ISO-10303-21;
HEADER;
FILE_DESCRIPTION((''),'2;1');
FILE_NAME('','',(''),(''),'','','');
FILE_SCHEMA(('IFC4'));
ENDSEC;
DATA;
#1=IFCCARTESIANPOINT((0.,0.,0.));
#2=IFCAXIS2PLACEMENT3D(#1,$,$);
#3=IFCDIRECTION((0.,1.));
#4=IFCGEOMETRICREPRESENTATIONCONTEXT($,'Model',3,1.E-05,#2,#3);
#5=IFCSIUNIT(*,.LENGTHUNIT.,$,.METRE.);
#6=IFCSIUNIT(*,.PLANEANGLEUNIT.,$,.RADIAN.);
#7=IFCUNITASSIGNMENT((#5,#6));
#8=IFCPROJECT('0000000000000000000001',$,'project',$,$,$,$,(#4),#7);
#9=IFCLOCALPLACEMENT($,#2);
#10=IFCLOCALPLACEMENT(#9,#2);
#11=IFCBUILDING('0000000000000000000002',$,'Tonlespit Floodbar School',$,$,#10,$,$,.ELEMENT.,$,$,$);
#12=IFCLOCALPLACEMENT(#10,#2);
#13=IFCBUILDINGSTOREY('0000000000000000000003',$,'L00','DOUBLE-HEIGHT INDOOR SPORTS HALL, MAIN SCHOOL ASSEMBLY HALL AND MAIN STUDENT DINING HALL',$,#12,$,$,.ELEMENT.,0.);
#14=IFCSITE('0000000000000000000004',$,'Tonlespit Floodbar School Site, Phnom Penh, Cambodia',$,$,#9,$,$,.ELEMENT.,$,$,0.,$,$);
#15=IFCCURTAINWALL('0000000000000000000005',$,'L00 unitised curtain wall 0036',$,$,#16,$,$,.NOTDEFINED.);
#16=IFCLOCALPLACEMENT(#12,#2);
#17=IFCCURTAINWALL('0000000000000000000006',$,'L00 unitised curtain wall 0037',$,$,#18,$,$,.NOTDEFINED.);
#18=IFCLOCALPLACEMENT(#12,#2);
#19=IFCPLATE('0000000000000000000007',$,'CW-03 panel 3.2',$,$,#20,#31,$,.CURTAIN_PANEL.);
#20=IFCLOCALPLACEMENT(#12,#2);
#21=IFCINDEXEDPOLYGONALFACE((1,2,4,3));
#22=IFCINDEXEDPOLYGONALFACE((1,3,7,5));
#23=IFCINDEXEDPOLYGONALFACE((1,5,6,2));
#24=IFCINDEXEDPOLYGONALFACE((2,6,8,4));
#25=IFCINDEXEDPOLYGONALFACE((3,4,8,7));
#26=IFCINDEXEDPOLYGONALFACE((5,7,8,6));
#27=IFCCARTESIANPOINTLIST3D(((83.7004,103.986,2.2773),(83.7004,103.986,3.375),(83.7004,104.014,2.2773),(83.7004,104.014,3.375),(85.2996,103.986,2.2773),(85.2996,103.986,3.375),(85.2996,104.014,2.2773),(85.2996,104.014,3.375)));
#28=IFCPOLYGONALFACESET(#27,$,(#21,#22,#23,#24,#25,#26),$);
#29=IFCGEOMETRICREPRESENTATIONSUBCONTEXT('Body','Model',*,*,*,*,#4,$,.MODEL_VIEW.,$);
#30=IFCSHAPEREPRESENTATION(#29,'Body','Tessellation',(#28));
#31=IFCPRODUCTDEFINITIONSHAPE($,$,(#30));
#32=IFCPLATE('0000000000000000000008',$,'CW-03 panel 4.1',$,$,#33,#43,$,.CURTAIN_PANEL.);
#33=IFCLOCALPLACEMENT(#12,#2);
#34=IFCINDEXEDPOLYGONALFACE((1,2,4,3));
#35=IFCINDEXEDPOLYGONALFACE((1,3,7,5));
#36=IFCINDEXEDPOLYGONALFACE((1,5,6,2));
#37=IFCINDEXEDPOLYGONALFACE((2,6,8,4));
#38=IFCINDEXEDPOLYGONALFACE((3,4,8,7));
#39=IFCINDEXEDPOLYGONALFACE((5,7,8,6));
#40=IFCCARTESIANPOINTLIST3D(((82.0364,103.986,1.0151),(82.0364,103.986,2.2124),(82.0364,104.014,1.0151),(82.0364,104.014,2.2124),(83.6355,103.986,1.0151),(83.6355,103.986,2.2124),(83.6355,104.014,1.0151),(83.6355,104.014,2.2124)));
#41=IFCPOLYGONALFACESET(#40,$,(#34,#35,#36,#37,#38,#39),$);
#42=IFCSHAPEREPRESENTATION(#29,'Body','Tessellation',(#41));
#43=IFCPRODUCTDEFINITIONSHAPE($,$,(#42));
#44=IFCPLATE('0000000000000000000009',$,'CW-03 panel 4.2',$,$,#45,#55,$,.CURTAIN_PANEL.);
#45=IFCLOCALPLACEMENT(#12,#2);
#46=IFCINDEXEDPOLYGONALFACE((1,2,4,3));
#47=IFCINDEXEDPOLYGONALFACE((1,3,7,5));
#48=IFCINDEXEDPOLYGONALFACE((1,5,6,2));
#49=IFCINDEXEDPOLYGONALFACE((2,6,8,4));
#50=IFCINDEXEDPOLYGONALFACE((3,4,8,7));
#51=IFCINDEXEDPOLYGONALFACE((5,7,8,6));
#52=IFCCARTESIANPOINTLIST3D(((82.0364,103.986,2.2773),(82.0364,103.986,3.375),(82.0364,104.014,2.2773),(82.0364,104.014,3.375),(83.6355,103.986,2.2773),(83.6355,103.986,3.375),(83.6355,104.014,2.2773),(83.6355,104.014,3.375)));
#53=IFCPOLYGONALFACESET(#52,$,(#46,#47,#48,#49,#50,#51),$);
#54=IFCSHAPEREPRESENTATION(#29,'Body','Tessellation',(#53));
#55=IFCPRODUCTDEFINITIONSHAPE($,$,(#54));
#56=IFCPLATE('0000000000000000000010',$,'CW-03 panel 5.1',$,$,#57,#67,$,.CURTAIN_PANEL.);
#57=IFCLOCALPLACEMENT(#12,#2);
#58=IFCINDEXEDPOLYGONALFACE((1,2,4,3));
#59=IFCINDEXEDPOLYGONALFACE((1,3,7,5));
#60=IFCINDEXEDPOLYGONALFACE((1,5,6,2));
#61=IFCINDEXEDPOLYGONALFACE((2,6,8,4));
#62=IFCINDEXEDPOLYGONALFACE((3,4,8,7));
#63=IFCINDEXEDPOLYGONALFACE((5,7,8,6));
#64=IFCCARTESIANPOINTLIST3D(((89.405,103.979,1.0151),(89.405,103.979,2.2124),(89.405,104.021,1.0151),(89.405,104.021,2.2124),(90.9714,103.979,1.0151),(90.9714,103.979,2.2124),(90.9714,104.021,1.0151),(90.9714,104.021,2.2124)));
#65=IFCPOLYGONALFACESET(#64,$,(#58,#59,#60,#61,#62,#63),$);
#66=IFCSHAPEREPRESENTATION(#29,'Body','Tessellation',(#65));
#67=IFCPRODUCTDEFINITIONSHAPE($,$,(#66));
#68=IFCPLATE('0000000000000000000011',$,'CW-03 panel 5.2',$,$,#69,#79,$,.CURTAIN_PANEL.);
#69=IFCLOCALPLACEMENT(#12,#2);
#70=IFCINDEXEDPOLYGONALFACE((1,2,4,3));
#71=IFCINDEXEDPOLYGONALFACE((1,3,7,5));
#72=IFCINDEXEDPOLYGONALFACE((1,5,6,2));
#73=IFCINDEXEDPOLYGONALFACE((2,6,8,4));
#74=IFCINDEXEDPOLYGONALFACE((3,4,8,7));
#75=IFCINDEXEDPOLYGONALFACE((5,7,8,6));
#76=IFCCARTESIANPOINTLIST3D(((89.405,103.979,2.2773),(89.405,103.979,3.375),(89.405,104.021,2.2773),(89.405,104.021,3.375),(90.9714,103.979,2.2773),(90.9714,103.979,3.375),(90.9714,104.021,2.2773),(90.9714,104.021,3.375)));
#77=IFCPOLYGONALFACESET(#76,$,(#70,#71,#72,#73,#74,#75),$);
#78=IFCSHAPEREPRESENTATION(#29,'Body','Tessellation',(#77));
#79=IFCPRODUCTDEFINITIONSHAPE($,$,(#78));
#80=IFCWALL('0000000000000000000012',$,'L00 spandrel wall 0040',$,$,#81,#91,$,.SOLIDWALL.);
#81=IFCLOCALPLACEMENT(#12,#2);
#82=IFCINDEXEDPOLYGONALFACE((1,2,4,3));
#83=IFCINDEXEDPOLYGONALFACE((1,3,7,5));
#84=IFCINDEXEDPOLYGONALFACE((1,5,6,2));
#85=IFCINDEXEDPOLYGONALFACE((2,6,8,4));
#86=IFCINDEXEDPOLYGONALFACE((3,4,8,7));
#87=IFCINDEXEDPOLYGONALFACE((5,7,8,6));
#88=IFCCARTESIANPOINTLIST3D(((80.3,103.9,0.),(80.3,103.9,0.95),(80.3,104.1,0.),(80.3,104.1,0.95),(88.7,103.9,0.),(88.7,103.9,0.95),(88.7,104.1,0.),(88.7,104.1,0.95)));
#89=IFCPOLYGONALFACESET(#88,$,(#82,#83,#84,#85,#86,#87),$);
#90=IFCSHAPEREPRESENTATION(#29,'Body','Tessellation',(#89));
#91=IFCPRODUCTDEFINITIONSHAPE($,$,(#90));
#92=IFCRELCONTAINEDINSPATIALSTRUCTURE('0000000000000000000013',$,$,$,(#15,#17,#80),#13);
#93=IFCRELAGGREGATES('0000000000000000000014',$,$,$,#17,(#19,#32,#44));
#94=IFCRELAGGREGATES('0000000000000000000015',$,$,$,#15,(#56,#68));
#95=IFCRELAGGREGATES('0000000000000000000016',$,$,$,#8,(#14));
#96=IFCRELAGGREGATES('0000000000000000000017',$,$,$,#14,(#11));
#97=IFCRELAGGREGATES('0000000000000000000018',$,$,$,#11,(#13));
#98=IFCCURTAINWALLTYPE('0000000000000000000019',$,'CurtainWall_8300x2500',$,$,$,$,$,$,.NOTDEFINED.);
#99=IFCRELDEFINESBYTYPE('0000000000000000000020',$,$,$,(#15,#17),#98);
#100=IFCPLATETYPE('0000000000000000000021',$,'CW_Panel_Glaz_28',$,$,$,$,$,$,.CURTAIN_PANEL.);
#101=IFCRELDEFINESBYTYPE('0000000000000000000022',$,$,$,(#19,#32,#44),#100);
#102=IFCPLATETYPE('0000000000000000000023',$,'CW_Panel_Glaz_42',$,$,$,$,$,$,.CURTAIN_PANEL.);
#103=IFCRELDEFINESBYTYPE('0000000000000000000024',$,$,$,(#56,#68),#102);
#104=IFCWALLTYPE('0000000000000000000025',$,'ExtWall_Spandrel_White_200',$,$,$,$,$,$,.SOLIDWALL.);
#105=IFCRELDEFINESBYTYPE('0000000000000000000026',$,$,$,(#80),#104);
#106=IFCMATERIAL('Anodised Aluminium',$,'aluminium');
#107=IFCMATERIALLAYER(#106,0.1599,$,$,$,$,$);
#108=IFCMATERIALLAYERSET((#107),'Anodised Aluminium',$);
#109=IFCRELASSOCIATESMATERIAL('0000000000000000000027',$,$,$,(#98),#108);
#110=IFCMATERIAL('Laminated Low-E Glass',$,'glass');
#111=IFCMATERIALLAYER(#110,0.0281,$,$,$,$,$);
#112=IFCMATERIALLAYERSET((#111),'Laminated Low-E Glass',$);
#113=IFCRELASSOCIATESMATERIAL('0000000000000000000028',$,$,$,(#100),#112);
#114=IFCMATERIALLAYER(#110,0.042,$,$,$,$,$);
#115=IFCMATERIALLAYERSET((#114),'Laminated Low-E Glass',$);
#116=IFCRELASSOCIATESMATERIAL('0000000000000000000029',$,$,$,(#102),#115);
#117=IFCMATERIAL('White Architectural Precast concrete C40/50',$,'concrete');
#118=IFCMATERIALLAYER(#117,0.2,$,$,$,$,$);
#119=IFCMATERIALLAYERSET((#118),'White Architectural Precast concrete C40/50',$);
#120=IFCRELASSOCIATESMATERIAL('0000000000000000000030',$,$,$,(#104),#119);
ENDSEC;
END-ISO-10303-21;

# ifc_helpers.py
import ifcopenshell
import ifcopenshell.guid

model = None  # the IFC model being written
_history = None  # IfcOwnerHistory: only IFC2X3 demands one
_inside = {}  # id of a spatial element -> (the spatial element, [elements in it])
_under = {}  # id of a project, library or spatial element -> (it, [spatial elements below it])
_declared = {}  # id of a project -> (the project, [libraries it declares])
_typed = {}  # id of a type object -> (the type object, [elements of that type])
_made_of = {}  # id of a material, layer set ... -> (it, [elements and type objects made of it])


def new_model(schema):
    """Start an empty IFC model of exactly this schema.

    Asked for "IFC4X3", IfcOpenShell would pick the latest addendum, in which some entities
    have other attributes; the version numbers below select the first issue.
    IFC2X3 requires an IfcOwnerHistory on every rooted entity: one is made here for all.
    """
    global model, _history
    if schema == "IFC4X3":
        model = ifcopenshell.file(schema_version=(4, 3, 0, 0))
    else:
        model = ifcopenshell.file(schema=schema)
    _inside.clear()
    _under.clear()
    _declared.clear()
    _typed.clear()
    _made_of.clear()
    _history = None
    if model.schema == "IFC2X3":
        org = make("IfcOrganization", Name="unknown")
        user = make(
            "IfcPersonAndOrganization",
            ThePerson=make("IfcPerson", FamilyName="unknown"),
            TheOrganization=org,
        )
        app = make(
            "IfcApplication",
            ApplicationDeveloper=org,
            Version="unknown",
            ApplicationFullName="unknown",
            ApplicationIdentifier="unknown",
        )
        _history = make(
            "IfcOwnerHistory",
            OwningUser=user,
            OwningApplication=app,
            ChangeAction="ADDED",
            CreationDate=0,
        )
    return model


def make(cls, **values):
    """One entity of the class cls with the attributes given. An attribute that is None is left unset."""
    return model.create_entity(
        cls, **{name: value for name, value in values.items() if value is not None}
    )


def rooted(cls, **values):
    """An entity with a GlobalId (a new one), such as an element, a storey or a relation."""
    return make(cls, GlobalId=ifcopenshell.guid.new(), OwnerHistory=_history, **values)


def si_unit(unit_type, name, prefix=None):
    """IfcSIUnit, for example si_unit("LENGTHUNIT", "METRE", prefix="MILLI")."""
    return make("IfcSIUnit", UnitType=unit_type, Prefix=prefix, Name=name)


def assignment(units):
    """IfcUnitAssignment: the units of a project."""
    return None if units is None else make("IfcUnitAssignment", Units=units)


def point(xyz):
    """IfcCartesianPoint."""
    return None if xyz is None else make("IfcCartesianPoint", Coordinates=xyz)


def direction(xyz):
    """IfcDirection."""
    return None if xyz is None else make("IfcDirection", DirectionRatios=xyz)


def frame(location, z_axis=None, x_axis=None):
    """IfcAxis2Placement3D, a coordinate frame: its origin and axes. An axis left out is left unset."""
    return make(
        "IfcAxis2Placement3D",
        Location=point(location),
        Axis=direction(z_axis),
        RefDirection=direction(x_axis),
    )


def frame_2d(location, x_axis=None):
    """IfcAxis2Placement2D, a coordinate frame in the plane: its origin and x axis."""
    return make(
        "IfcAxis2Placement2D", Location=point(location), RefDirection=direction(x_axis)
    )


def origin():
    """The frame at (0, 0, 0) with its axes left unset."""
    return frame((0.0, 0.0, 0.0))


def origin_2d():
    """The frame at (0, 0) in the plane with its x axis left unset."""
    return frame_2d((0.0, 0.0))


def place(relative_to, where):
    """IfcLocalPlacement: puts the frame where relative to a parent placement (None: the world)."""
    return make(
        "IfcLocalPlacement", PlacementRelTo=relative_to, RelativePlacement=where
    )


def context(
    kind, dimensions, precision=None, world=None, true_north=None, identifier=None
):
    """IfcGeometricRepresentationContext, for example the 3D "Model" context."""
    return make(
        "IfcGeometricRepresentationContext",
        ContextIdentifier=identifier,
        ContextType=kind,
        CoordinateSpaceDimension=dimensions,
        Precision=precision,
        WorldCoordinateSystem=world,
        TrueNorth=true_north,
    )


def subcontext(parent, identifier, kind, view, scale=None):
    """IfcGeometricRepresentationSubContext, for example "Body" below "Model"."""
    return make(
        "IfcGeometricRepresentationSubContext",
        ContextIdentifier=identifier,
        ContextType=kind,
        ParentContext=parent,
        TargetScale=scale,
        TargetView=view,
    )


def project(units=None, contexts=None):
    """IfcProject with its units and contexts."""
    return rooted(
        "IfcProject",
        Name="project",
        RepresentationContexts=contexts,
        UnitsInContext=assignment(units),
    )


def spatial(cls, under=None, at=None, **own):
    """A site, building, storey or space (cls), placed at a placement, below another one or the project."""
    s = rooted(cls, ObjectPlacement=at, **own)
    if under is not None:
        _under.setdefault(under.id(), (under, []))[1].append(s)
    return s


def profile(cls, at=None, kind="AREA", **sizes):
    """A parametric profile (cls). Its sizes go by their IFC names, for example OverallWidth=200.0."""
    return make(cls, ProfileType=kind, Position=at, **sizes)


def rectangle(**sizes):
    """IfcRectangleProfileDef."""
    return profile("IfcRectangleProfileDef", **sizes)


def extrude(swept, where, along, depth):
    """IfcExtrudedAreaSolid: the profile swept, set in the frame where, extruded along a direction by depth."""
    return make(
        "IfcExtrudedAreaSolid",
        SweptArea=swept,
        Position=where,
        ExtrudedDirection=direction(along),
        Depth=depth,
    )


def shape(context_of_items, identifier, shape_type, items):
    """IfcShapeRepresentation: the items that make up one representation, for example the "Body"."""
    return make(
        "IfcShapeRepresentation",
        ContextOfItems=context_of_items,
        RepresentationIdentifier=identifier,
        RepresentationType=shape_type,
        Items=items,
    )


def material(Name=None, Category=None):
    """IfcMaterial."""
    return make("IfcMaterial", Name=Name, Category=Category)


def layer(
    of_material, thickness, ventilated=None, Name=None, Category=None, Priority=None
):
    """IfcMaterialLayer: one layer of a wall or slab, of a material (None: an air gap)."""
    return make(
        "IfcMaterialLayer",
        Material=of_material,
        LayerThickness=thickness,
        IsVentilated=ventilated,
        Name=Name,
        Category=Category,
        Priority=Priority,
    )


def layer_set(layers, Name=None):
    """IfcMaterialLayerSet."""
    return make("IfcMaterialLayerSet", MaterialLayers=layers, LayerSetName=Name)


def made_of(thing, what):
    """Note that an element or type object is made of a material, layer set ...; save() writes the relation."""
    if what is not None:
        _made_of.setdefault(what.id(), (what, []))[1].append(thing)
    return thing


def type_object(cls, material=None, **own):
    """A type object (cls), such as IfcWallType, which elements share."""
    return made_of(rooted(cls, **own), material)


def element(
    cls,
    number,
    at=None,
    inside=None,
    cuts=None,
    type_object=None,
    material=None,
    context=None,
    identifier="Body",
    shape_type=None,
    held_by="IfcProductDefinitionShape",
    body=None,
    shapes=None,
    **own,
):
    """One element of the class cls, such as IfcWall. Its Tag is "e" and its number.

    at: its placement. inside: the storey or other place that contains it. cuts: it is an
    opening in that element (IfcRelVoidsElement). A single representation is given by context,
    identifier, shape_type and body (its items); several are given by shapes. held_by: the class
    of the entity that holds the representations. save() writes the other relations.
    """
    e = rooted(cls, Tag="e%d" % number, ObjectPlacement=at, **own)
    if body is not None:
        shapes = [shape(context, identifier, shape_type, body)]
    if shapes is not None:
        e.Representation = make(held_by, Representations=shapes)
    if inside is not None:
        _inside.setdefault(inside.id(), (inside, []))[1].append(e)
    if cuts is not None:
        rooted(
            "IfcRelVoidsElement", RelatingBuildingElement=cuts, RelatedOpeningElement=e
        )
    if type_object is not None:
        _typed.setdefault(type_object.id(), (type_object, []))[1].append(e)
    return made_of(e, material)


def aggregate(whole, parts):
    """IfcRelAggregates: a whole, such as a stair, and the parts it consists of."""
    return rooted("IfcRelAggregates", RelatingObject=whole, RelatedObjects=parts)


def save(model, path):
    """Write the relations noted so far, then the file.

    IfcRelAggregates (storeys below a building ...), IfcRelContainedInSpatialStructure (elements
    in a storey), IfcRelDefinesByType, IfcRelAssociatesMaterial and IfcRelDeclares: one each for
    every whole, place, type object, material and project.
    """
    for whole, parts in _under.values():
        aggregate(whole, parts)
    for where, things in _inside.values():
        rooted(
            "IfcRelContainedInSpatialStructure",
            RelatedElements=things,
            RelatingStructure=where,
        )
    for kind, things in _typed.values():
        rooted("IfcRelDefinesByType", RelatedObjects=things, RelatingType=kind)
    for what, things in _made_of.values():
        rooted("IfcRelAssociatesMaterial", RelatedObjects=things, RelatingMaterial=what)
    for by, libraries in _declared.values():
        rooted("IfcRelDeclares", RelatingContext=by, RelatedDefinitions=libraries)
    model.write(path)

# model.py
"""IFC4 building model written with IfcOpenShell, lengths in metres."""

from ifc_helpers import new_model, si_unit, direction, frame, frame_2d, origin, origin_2d, place, context, subcontext, project, spatial, rectangle, extrude, material, layer, layer_set, type_object, element, aggregate, save


model = new_model("IFC4")

# Units and contexts
model_context = context("Model", 3, precision=1e-05, world=origin(), true_north=direction((0.0, 1.0)))
body_context = subcontext(model_context, "Body", "Model", "MODEL_VIEW")
ifc_project = project(units=[si_unit("LENGTHUNIT", "METRE"), si_unit("PLANEANGLEUNIT", "RADIAN")], contexts=[model_context])

# Site, building, storey
site_placement = place(None, origin())
site = spatial("IfcSite", under=ifc_project, at=site_placement, Name="Tonlespit Floodbar School Site, Phnom Penh, Cambodia", CompositionType="ELEMENT", RefElevation=0.0)
building_placement = place(site_placement, origin())
building = spatial("IfcBuilding", under=site, at=building_placement, Name="Tonlespit Floodbar School", CompositionType="ELEMENT")
storey_placement = place(building_placement, origin())
storey = spatial("IfcBuildingStorey", under=building, at=storey_placement, Name="L00", Description="DOUBLE-HEIGHT INDOOR SPORTS HALL, MAIN SCHOOL ASSEMBLY HALL AND MAIN STUDENT DINING HALL", CompositionType="ELEMENT", Elevation=0.0)

# Curtain wall
ifc_material_1 = material(Name="Anodised Aluminium", Category="aluminium")
ifc_layer_1 = layer(ifc_material_1, 0.1599)
ifc_layer_set_1 = layer_set([ifc_layer_1], Name="Anodised Aluminium")
curtain_wall_type = type_object("IfcCurtainWallType", Name="CurtainWall_8300x2500", PredefinedType="NOTDEFINED", material=ifc_layer_set_1)
curtain_wall_1_placement = place(storey_placement, origin())
curtain_wall_1 = element("IfcCurtainWall", 1, at=curtain_wall_1_placement, inside=storey, type_object=curtain_wall_type, Name="L00 unitised curtain wall 0036", PredefinedType="NOTDEFINED")

# Curtain wall, plates
curtain_wall_2_placement = place(storey_placement, origin())
curtain_wall_2 = element("IfcCurtainWall", 2, at=curtain_wall_2_placement, inside=storey, type_object=curtain_wall_type, Name="L00 unitised curtain wall 0037", PredefinedType="NOTDEFINED")
ifc_material_2 = material(Name="Laminated Low-E Glass", Category="glass")
ifc_layer_2 = layer(ifc_material_2, 0.0281)
ifc_layer_set_2 = layer_set([ifc_layer_2], Name="Laminated Low-E Glass")
plate_type_1 = type_object("IfcPlateType", Name="CW_Panel_Glaz_28", PredefinedType="CURTAIN_PANEL", material=ifc_layer_set_2)
plate_1_placement = place(storey_placement, frame((84.5, 104.0, 2.2773), z_axis=(0.0, 0.0, 1.0), x_axis=(-1.0, 0.0, 0.0)))
plate_1 = element("IfcPlate", 3, at=plate_1_placement, type_object=plate_type_1, Name="CW-03 panel 3.2", PredefinedType="CURTAIN_PANEL", context=body_context, shape_type="SweptSolid", body=[
    extrude(rectangle(XDim=1.5991, YDim=0.0281, at=origin_2d()), origin(), (0.0, 0.0, 1.0), 1.0977),
])
plate_2_placement = place(storey_placement, frame((82.8359, 104.0, 1.0151), z_axis=(0.0, 0.0, 1.0), x_axis=(-1.0, 0.0, 0.0)))
plate_2 = element("IfcPlate", 4, at=plate_2_placement, type_object=plate_type_1, Name="CW-03 panel 4.1", PredefinedType="CURTAIN_PANEL", context=body_context, shape_type="SweptSolid", body=[
    extrude(rectangle(XDim=1.5991, YDim=0.0281, at=origin_2d()), origin(), (0.0, 0.0, 1.0), 1.1973),
])
plate_3_placement = place(storey_placement, frame((82.8359, 104.0, 2.2773), z_axis=(0.0, 0.0, 1.0), x_axis=(-1.0, 0.0, 0.0)))
plate_3 = element("IfcPlate", 5, at=plate_3_placement, type_object=plate_type_1, Name="CW-03 panel 4.2", PredefinedType="CURTAIN_PANEL", context=body_context, shape_type="SweptSolid", body=[
    extrude(rectangle(XDim=1.5991, YDim=0.0281, at=origin_2d()), origin(), (0.0, 0.0, 1.0), 1.0977),
])
aggregate(curtain_wall_2, [plate_1, plate_2, plate_3])

# Plates
ifc_layer_3 = layer(ifc_material_2, 0.042)
ifc_layer_set_3 = layer_set([ifc_layer_3], Name="Laminated Low-E Glass")
plate_type_2 = type_object("IfcPlateType", Name="CW_Panel_Glaz_42", PredefinedType="CURTAIN_PANEL", material=ifc_layer_set_3)
plate_4_placement = place(storey_placement, frame((90.1882, 104.0, 1.0151), z_axis=(0.0, 0.0, 1.0), x_axis=(-1.0, 0.0, 0.0)))
plate_4 = element("IfcPlate", 6, at=plate_4_placement, type_object=plate_type_2, Name="CW-03 panel 5.1", PredefinedType="CURTAIN_PANEL", context=body_context, shape_type="SweptSolid", body=[
    extrude(rectangle(XDim=1.5664, YDim=0.042, at=origin_2d()), origin(), (0.0, 0.0, 1.0), 1.1973),
])
plate_5_placement = place(storey_placement, frame((90.1882, 104.0, 2.2773), z_axis=(0.0, 0.0, 1.0), x_axis=(-1.0, 0.0, 0.0)))
plate_5 = element("IfcPlate", 7, at=plate_5_placement, type_object=plate_type_2, Name="CW-03 panel 5.2", PredefinedType="CURTAIN_PANEL", context=body_context, shape_type="SweptSolid", body=[
    extrude(rectangle(XDim=1.5664, YDim=0.042, at=origin_2d()), origin(), (0.0, 0.0, 1.0), 1.0977),
])
aggregate(curtain_wall_1, [plate_4, plate_5])

# Wall
ifc_material_3 = material(Name="White Architectural Precast concrete C40/50", Category="concrete")
ifc_layer_4 = layer(ifc_material_3, 0.2)
ifc_layer_set_4 = layer_set([ifc_layer_4], Name="White Architectural Precast concrete C40/50")
wall_type = type_object("IfcWallType", Name="ExtWall_Spandrel_White_200", PredefinedType="SOLIDWALL", material=ifc_layer_set_4)
wall_placement = place(storey_placement, frame((88.7, 104.0, 0.0), z_axis=(0.0, 0.0, 1.0), x_axis=(-1.0, 0.0, 0.0)))
element("IfcWall", 8, at=wall_placement, inside=storey, type_object=wall_type, Name="L00 spandrel wall 0040", PredefinedType="SOLIDWALL", context=body_context, shape_type="SweptSolid", body=[
    extrude(rectangle(XDim=8.3999, YDim=0.2, at=frame_2d((4.2, 0.0))), origin(), (0.0, 0.0, 1.0), 0.95),
])

save(model, "model.ifc")
